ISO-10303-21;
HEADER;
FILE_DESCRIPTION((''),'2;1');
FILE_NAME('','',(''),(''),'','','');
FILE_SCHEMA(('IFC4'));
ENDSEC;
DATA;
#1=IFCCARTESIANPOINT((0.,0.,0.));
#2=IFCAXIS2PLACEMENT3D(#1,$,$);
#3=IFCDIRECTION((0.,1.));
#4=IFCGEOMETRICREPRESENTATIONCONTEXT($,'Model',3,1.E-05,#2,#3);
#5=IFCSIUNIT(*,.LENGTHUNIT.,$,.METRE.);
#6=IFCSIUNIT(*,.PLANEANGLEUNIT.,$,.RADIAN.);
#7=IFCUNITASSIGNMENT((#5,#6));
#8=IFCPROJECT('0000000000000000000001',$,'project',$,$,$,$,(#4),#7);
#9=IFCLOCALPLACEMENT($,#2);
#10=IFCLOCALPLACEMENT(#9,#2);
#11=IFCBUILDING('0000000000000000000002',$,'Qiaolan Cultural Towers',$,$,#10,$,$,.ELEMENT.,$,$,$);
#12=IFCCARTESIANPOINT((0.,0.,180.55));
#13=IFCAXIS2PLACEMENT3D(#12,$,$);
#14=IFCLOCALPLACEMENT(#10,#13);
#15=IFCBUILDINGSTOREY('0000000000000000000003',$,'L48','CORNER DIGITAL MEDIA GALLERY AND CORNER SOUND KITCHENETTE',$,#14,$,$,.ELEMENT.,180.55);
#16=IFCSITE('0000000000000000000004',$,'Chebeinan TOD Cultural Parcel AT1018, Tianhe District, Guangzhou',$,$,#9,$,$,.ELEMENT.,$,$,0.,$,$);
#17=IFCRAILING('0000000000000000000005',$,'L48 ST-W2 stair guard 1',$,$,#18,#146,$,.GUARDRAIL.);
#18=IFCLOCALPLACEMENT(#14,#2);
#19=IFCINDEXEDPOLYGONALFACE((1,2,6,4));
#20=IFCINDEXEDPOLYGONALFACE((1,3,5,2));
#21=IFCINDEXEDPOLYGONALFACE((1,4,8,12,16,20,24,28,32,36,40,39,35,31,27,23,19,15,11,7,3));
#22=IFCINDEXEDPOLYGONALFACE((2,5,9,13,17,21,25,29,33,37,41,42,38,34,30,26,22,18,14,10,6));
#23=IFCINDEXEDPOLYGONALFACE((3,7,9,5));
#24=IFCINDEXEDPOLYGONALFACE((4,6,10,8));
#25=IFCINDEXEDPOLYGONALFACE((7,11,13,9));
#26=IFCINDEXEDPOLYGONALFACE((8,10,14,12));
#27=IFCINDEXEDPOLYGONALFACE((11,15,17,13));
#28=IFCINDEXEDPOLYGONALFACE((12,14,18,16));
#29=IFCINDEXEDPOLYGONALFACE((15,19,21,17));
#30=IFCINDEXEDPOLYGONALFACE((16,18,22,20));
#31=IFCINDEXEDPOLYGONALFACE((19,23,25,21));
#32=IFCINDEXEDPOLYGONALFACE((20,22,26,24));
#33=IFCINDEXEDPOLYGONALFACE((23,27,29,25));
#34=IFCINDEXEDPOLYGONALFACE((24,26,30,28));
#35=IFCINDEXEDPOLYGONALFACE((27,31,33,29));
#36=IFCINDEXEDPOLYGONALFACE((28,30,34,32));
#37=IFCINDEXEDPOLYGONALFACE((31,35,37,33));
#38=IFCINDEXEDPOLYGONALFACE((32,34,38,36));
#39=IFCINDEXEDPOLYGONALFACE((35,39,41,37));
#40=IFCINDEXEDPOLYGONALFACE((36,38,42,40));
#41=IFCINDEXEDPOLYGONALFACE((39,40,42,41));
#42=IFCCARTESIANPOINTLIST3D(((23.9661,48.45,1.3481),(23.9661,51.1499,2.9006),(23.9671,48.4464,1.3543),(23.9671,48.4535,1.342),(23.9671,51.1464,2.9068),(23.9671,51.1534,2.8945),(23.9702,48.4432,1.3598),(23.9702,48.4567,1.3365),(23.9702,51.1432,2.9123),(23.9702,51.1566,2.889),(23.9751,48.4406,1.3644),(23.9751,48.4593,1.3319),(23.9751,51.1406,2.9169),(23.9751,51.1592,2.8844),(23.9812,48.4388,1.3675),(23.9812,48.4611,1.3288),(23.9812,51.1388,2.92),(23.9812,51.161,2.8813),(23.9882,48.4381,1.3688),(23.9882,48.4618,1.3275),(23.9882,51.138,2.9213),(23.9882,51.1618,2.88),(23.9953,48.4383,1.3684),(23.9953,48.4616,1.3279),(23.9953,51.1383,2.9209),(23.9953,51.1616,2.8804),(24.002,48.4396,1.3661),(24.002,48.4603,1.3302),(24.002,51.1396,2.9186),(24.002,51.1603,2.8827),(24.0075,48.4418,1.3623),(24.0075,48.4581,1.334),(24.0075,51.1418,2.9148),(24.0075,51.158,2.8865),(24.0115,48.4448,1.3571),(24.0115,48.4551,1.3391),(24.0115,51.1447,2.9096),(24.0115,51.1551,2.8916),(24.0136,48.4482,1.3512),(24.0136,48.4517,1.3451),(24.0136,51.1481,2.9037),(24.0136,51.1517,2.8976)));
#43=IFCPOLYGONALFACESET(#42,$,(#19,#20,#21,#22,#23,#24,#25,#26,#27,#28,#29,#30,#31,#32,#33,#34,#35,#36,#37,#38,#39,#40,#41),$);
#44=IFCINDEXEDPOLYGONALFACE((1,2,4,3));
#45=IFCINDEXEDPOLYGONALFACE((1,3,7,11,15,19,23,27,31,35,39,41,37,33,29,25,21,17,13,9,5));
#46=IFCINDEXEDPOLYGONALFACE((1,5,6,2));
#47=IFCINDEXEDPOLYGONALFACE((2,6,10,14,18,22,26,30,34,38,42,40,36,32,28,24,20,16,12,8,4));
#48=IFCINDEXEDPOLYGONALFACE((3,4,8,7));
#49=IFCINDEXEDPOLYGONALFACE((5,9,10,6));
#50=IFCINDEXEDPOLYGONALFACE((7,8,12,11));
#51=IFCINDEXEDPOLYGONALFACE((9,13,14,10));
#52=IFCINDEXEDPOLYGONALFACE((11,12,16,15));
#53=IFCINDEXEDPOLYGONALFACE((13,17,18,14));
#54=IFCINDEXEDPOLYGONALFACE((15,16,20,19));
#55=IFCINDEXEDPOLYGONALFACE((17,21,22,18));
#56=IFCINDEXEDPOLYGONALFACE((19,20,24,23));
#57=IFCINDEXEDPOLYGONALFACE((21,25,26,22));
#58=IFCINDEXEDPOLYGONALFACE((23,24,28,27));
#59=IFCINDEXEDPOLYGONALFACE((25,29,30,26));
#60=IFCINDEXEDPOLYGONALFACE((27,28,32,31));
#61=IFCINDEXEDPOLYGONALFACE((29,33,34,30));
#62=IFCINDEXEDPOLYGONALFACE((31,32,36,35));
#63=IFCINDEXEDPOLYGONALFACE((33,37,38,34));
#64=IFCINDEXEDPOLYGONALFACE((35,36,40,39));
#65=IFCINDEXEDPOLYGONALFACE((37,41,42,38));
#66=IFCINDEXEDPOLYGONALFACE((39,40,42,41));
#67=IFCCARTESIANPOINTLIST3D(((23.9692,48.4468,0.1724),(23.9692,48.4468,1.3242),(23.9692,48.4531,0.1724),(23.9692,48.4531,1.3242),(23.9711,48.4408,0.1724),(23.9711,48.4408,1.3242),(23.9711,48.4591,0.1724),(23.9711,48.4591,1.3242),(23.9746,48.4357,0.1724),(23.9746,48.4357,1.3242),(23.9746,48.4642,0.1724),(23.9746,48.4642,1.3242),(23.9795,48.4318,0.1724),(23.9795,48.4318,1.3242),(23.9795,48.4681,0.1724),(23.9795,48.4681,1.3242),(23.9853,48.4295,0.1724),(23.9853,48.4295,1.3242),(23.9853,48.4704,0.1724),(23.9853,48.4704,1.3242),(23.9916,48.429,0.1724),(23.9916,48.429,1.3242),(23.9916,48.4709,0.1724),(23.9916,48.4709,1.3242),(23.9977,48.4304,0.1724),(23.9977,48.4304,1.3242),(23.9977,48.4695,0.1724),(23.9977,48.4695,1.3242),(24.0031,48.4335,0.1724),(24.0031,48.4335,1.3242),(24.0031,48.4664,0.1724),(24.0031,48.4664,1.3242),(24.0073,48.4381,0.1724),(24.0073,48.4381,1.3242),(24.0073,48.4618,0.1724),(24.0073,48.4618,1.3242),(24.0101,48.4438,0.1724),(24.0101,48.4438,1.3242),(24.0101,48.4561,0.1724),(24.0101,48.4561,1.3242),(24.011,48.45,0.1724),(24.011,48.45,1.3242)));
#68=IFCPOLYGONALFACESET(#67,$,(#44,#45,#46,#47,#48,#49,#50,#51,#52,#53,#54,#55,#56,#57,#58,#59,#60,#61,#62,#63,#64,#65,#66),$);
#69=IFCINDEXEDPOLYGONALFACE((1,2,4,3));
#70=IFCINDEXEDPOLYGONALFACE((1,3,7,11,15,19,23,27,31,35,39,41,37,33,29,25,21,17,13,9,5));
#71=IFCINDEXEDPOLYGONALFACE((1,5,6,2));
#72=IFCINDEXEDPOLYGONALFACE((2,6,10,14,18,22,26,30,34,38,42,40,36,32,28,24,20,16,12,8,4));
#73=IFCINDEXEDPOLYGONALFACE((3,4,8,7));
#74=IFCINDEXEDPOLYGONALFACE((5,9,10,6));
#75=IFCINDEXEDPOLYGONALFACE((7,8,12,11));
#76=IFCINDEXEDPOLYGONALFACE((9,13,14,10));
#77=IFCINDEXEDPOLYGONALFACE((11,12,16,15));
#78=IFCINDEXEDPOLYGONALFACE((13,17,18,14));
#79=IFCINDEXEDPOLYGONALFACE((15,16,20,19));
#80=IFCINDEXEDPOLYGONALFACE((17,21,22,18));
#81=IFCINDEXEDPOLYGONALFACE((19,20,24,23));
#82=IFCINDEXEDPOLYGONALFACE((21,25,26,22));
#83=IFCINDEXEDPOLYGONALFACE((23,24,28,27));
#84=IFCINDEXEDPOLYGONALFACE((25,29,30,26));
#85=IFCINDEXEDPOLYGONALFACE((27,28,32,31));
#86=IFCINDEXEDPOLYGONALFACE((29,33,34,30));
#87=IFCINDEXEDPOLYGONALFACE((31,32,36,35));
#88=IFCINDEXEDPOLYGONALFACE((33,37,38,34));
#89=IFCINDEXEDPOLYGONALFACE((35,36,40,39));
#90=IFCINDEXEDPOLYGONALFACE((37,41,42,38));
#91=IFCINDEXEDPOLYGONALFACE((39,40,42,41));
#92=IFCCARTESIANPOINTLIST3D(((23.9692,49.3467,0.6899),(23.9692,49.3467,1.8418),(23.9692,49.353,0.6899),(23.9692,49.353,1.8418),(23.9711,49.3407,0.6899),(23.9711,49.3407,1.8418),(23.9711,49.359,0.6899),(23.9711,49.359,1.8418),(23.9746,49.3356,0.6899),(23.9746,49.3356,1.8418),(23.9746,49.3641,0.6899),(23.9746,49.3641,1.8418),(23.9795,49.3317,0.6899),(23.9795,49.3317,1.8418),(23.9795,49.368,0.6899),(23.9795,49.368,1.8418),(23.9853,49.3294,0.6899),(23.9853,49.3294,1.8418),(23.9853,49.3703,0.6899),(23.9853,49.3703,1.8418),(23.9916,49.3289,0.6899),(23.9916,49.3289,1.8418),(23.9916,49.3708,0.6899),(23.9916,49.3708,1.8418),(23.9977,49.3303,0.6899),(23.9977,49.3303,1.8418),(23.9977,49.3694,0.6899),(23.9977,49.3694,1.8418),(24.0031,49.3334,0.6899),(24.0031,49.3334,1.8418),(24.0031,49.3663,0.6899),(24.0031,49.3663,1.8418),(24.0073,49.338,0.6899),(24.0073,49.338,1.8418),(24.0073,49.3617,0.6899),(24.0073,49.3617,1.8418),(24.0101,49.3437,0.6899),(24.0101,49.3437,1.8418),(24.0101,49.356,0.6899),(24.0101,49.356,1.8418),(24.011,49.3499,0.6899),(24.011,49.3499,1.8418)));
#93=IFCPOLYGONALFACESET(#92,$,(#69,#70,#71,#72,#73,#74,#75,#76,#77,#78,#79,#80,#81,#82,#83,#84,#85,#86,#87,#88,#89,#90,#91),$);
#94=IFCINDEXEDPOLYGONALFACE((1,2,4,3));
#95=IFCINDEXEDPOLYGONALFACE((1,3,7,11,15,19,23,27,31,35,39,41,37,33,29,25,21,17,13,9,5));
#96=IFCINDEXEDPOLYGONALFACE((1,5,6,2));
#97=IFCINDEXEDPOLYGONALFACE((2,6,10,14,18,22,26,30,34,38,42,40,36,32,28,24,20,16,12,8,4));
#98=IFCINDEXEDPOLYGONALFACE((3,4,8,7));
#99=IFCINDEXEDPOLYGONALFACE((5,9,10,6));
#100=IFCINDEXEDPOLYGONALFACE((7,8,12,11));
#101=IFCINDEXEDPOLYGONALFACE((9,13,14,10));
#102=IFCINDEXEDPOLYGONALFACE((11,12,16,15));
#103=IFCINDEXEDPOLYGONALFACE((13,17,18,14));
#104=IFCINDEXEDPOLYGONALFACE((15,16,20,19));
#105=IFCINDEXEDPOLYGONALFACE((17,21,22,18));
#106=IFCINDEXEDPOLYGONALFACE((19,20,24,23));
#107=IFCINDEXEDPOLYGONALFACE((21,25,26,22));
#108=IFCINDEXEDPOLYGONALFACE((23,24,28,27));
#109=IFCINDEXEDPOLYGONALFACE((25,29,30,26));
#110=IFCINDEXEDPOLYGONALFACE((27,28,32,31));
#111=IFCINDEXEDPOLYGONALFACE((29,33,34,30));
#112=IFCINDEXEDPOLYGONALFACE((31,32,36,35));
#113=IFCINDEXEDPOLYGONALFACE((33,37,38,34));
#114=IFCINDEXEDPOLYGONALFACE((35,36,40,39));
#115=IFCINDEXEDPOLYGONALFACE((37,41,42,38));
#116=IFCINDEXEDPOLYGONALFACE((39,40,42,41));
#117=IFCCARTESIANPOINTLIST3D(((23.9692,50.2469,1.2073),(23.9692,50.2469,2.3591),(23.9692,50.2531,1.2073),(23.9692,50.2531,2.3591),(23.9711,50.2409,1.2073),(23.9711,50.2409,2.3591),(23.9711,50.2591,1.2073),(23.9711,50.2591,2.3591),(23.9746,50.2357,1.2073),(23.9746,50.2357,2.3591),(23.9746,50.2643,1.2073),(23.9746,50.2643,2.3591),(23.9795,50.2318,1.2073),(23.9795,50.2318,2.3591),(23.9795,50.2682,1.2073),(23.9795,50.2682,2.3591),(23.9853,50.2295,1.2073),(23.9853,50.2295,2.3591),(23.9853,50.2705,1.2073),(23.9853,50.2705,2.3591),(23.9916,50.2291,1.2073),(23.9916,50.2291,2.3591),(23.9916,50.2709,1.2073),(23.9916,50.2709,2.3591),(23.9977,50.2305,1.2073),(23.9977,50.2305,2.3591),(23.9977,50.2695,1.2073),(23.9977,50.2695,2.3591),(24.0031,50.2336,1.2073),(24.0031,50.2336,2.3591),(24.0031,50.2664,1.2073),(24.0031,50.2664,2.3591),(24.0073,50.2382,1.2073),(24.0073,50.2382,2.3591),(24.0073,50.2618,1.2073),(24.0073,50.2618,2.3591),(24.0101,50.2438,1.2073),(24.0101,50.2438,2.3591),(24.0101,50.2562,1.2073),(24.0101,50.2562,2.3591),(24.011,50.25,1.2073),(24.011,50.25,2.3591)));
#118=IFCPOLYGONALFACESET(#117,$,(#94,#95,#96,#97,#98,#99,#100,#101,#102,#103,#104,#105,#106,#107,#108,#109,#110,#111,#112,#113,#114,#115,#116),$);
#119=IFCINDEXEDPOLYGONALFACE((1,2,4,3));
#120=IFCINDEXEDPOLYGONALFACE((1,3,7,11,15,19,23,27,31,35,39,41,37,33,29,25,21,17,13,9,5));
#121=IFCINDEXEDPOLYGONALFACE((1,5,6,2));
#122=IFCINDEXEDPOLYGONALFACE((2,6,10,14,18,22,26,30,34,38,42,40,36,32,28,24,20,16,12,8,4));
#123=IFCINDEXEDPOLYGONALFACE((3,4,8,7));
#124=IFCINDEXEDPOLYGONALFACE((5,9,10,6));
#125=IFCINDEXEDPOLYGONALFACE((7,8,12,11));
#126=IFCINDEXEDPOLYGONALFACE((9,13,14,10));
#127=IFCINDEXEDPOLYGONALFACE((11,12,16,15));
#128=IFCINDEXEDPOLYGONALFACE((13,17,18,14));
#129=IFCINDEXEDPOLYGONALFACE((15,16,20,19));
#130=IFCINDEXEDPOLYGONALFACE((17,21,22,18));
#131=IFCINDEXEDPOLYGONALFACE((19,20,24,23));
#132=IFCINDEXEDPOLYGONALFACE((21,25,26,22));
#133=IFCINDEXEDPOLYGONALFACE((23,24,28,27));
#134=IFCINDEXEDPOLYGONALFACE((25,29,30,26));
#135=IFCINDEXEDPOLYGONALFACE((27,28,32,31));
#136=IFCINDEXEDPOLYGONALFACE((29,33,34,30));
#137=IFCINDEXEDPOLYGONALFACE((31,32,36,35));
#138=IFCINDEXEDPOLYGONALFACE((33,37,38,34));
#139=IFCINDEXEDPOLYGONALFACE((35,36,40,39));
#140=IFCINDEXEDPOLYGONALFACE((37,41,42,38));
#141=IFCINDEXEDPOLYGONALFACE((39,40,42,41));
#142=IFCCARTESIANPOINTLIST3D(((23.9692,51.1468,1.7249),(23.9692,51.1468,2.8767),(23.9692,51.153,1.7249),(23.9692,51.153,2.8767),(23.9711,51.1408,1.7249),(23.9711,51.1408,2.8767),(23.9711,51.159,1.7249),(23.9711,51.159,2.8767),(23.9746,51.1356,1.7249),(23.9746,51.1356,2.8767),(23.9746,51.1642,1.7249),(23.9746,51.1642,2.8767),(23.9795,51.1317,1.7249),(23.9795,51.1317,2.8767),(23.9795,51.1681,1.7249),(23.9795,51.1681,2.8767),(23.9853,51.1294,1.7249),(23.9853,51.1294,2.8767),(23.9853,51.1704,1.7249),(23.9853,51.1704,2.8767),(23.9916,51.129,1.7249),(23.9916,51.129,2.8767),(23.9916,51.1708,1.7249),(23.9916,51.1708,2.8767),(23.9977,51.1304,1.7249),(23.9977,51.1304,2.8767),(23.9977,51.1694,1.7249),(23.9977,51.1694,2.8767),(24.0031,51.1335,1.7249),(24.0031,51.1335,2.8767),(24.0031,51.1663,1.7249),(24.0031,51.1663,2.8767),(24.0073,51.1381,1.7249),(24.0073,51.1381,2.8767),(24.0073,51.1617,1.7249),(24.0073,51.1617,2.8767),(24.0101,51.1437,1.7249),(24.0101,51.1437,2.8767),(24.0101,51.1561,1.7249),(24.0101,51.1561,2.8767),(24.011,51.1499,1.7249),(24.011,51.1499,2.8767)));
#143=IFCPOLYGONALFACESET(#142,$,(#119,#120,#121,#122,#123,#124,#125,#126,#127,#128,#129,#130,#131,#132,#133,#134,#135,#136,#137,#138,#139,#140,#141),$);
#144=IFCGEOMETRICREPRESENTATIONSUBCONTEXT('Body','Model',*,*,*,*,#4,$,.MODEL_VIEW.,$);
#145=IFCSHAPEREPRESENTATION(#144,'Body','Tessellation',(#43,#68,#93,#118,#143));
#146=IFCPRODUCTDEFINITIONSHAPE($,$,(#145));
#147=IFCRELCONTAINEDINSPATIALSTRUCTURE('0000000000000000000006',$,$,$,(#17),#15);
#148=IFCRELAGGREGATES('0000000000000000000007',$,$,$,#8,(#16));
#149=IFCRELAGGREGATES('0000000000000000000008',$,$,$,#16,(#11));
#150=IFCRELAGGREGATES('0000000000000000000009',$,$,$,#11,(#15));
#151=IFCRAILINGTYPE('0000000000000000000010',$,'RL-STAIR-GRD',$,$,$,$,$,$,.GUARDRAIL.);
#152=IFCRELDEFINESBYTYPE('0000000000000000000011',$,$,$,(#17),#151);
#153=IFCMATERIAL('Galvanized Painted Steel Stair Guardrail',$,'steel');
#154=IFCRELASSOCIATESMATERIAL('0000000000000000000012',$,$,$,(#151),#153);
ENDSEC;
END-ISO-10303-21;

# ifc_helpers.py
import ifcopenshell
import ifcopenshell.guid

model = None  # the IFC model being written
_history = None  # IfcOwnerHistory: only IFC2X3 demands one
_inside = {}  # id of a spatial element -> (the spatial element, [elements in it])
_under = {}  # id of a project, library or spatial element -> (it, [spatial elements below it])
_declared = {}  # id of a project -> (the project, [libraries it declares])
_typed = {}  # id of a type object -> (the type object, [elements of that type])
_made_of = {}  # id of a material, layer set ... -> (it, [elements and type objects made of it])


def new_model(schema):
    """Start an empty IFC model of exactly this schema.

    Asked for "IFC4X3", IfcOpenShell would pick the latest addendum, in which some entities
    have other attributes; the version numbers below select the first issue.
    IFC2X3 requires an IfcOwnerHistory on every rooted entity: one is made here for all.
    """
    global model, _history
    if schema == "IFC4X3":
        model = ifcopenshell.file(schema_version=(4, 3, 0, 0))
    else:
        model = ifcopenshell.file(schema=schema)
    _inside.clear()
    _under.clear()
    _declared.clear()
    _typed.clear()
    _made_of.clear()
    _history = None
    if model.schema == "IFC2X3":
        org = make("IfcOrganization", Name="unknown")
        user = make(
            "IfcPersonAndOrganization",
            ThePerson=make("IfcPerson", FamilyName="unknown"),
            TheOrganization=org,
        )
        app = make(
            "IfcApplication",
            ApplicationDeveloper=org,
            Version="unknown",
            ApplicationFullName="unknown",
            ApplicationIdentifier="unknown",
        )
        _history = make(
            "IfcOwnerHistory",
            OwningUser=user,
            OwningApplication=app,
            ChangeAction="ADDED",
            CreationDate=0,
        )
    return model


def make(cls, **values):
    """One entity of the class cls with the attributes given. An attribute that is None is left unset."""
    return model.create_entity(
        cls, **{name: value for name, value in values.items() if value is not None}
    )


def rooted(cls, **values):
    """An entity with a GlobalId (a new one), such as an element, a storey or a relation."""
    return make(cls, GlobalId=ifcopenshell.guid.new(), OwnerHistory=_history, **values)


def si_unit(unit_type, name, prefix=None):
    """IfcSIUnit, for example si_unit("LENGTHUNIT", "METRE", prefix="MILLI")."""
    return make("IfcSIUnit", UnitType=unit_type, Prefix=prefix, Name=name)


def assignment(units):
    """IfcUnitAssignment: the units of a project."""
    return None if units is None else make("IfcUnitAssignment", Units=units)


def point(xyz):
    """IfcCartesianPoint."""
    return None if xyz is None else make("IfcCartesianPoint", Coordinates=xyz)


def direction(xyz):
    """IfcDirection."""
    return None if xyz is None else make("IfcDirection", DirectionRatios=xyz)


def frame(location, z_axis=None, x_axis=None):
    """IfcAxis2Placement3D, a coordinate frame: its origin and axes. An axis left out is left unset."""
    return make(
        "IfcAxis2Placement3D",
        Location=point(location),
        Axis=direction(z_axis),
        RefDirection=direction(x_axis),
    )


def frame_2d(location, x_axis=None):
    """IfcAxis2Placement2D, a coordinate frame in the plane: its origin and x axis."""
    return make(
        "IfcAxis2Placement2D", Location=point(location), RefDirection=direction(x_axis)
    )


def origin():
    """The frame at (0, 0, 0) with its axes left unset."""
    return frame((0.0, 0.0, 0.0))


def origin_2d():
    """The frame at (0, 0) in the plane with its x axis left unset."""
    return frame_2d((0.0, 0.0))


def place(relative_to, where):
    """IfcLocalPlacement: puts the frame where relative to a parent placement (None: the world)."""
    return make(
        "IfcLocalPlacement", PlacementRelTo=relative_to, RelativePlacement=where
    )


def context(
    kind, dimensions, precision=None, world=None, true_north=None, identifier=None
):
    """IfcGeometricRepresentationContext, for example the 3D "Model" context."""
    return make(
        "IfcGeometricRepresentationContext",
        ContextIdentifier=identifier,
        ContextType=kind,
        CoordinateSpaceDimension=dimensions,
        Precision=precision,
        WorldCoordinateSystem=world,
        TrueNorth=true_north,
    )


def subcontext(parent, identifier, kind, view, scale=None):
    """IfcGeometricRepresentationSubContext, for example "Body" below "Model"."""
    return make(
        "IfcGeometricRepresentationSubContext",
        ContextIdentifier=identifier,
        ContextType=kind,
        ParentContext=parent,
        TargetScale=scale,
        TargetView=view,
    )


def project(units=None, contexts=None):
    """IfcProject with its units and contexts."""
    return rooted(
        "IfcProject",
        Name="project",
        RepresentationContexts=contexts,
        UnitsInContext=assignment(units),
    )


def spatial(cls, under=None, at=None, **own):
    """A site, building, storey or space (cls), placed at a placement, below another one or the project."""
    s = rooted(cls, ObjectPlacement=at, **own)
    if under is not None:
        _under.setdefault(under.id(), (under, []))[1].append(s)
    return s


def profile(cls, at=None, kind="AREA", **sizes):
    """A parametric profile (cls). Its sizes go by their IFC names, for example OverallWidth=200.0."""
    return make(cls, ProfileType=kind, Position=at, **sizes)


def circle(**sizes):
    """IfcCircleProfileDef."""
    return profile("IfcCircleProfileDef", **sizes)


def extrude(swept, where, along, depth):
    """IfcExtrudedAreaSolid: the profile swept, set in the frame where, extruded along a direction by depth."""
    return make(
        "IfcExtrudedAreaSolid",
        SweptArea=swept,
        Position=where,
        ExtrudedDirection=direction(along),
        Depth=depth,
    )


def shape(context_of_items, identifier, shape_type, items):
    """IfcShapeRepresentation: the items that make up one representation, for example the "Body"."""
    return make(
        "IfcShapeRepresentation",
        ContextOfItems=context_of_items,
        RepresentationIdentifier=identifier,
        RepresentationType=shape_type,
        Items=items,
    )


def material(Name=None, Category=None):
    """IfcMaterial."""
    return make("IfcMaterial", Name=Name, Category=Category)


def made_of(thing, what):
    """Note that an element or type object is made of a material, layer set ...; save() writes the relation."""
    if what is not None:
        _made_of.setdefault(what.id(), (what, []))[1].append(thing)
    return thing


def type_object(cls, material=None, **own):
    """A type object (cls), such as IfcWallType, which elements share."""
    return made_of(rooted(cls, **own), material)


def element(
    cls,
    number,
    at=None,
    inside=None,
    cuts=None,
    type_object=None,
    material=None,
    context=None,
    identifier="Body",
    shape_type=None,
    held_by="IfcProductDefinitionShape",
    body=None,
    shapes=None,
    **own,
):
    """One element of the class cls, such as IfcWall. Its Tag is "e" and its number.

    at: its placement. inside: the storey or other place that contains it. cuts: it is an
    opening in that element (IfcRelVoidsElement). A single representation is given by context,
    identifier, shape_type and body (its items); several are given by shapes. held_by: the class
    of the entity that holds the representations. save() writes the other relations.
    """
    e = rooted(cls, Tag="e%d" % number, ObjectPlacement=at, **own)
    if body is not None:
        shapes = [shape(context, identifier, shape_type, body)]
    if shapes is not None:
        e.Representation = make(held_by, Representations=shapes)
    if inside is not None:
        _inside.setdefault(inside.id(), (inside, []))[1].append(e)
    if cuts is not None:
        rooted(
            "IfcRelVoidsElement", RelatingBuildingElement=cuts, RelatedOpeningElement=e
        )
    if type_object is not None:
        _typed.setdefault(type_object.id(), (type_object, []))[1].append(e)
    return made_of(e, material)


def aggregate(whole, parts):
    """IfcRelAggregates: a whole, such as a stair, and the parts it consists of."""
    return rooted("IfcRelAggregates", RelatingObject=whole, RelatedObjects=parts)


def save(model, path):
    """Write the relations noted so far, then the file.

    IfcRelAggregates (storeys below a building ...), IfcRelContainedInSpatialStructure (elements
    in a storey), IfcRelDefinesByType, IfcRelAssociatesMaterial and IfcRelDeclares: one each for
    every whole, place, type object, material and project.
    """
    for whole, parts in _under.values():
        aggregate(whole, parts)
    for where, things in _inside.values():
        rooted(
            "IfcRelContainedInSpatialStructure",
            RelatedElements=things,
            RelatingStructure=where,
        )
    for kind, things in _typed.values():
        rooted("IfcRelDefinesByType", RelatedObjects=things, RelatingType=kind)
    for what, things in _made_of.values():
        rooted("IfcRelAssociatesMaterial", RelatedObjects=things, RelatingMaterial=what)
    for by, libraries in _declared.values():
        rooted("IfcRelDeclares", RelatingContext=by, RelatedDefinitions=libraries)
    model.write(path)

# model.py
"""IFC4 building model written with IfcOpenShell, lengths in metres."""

from ifc_helpers import new_model, si_unit, direction, frame, origin, origin_2d, place, context, subcontext, project, spatial, circle, extrude, material, type_object, element, save


model = new_model("IFC4")

# Units and contexts
model_context = context("Model", 3, precision=1e-05, world=origin(), true_north=direction((0.0, 1.0)))
body_context = subcontext(model_context, "Body", "Model", "MODEL_VIEW")
ifc_project = project(units=[si_unit("LENGTHUNIT", "METRE"), si_unit("PLANEANGLEUNIT", "RADIAN")], contexts=[model_context])

# Site, building, storey
site_placement = place(None, origin())
site = spatial("IfcSite", under=ifc_project, at=site_placement, Name="Chebeinan TOD Cultural Parcel AT1018, Tianhe District, Guangzhou", CompositionType="ELEMENT", RefElevation=0.0)
building_placement = place(site_placement, origin())
building = spatial("IfcBuilding", under=site, at=building_placement, Name="Qiaolan Cultural Towers", CompositionType="ELEMENT")
storey_placement = place(building_placement, frame((0.0, 0.0, 180.55)))
storey = spatial("IfcBuildingStorey", under=building, at=storey_placement, Name="L48", Description="CORNER DIGITAL MEDIA GALLERY AND CORNER SOUND KITCHENETTE", CompositionType="ELEMENT", Elevation=180.55)

# Railing
ifc_material_1 = material(Name="Galvanized Painted Steel Stair Guardrail", Category="steel")
railing_type_1 = type_object("IfcRailingType", Name="RL-STAIR-GRD", PredefinedType="GUARDRAIL", material=ifc_material_1)
railing_1_placement = place(storey_placement, frame((23.99, 48.45, 0.1724)))
element("IfcRailing", 1, at=railing_1_placement, inside=storey, type_object=railing_type_1, Name="L48 ST-W2 stair guard 1", PredefinedType="GUARDRAIL", context=body_context, shape_type="SweptSolid", body=[
    extrude(circle(Radius=0.0239, at=origin_2d()), frame((0.0, 0.0, 1.1758), z_axis=(0.0, 0.866904, 0.498476), x_axis=(-1.0, 0.0, 0.0)), (0.0, 0.0, 1.0), 3.1145),
    extrude(circle(Radius=0.021, at=origin_2d()), origin(), (0.0, 0.0, 1.0), 1.1519),
    extrude(circle(Radius=0.021, at=origin_2d()), frame((0.0, 0.8999, 0.5176)), (0.0, 0.0, 1.0), 1.1519),
    extrude(circle(Radius=0.021, at=origin_2d()), frame((0.0, 1.8, 1.0349)), (0.0, 0.0, 1.0), 1.1519),
    extrude(circle(Radius=0.021, at=origin_2d()), frame((0.0, 2.7, 1.5525)), (0.0, 0.0, 1.0), 1.1519),
])

save(model, "model.ifc")
